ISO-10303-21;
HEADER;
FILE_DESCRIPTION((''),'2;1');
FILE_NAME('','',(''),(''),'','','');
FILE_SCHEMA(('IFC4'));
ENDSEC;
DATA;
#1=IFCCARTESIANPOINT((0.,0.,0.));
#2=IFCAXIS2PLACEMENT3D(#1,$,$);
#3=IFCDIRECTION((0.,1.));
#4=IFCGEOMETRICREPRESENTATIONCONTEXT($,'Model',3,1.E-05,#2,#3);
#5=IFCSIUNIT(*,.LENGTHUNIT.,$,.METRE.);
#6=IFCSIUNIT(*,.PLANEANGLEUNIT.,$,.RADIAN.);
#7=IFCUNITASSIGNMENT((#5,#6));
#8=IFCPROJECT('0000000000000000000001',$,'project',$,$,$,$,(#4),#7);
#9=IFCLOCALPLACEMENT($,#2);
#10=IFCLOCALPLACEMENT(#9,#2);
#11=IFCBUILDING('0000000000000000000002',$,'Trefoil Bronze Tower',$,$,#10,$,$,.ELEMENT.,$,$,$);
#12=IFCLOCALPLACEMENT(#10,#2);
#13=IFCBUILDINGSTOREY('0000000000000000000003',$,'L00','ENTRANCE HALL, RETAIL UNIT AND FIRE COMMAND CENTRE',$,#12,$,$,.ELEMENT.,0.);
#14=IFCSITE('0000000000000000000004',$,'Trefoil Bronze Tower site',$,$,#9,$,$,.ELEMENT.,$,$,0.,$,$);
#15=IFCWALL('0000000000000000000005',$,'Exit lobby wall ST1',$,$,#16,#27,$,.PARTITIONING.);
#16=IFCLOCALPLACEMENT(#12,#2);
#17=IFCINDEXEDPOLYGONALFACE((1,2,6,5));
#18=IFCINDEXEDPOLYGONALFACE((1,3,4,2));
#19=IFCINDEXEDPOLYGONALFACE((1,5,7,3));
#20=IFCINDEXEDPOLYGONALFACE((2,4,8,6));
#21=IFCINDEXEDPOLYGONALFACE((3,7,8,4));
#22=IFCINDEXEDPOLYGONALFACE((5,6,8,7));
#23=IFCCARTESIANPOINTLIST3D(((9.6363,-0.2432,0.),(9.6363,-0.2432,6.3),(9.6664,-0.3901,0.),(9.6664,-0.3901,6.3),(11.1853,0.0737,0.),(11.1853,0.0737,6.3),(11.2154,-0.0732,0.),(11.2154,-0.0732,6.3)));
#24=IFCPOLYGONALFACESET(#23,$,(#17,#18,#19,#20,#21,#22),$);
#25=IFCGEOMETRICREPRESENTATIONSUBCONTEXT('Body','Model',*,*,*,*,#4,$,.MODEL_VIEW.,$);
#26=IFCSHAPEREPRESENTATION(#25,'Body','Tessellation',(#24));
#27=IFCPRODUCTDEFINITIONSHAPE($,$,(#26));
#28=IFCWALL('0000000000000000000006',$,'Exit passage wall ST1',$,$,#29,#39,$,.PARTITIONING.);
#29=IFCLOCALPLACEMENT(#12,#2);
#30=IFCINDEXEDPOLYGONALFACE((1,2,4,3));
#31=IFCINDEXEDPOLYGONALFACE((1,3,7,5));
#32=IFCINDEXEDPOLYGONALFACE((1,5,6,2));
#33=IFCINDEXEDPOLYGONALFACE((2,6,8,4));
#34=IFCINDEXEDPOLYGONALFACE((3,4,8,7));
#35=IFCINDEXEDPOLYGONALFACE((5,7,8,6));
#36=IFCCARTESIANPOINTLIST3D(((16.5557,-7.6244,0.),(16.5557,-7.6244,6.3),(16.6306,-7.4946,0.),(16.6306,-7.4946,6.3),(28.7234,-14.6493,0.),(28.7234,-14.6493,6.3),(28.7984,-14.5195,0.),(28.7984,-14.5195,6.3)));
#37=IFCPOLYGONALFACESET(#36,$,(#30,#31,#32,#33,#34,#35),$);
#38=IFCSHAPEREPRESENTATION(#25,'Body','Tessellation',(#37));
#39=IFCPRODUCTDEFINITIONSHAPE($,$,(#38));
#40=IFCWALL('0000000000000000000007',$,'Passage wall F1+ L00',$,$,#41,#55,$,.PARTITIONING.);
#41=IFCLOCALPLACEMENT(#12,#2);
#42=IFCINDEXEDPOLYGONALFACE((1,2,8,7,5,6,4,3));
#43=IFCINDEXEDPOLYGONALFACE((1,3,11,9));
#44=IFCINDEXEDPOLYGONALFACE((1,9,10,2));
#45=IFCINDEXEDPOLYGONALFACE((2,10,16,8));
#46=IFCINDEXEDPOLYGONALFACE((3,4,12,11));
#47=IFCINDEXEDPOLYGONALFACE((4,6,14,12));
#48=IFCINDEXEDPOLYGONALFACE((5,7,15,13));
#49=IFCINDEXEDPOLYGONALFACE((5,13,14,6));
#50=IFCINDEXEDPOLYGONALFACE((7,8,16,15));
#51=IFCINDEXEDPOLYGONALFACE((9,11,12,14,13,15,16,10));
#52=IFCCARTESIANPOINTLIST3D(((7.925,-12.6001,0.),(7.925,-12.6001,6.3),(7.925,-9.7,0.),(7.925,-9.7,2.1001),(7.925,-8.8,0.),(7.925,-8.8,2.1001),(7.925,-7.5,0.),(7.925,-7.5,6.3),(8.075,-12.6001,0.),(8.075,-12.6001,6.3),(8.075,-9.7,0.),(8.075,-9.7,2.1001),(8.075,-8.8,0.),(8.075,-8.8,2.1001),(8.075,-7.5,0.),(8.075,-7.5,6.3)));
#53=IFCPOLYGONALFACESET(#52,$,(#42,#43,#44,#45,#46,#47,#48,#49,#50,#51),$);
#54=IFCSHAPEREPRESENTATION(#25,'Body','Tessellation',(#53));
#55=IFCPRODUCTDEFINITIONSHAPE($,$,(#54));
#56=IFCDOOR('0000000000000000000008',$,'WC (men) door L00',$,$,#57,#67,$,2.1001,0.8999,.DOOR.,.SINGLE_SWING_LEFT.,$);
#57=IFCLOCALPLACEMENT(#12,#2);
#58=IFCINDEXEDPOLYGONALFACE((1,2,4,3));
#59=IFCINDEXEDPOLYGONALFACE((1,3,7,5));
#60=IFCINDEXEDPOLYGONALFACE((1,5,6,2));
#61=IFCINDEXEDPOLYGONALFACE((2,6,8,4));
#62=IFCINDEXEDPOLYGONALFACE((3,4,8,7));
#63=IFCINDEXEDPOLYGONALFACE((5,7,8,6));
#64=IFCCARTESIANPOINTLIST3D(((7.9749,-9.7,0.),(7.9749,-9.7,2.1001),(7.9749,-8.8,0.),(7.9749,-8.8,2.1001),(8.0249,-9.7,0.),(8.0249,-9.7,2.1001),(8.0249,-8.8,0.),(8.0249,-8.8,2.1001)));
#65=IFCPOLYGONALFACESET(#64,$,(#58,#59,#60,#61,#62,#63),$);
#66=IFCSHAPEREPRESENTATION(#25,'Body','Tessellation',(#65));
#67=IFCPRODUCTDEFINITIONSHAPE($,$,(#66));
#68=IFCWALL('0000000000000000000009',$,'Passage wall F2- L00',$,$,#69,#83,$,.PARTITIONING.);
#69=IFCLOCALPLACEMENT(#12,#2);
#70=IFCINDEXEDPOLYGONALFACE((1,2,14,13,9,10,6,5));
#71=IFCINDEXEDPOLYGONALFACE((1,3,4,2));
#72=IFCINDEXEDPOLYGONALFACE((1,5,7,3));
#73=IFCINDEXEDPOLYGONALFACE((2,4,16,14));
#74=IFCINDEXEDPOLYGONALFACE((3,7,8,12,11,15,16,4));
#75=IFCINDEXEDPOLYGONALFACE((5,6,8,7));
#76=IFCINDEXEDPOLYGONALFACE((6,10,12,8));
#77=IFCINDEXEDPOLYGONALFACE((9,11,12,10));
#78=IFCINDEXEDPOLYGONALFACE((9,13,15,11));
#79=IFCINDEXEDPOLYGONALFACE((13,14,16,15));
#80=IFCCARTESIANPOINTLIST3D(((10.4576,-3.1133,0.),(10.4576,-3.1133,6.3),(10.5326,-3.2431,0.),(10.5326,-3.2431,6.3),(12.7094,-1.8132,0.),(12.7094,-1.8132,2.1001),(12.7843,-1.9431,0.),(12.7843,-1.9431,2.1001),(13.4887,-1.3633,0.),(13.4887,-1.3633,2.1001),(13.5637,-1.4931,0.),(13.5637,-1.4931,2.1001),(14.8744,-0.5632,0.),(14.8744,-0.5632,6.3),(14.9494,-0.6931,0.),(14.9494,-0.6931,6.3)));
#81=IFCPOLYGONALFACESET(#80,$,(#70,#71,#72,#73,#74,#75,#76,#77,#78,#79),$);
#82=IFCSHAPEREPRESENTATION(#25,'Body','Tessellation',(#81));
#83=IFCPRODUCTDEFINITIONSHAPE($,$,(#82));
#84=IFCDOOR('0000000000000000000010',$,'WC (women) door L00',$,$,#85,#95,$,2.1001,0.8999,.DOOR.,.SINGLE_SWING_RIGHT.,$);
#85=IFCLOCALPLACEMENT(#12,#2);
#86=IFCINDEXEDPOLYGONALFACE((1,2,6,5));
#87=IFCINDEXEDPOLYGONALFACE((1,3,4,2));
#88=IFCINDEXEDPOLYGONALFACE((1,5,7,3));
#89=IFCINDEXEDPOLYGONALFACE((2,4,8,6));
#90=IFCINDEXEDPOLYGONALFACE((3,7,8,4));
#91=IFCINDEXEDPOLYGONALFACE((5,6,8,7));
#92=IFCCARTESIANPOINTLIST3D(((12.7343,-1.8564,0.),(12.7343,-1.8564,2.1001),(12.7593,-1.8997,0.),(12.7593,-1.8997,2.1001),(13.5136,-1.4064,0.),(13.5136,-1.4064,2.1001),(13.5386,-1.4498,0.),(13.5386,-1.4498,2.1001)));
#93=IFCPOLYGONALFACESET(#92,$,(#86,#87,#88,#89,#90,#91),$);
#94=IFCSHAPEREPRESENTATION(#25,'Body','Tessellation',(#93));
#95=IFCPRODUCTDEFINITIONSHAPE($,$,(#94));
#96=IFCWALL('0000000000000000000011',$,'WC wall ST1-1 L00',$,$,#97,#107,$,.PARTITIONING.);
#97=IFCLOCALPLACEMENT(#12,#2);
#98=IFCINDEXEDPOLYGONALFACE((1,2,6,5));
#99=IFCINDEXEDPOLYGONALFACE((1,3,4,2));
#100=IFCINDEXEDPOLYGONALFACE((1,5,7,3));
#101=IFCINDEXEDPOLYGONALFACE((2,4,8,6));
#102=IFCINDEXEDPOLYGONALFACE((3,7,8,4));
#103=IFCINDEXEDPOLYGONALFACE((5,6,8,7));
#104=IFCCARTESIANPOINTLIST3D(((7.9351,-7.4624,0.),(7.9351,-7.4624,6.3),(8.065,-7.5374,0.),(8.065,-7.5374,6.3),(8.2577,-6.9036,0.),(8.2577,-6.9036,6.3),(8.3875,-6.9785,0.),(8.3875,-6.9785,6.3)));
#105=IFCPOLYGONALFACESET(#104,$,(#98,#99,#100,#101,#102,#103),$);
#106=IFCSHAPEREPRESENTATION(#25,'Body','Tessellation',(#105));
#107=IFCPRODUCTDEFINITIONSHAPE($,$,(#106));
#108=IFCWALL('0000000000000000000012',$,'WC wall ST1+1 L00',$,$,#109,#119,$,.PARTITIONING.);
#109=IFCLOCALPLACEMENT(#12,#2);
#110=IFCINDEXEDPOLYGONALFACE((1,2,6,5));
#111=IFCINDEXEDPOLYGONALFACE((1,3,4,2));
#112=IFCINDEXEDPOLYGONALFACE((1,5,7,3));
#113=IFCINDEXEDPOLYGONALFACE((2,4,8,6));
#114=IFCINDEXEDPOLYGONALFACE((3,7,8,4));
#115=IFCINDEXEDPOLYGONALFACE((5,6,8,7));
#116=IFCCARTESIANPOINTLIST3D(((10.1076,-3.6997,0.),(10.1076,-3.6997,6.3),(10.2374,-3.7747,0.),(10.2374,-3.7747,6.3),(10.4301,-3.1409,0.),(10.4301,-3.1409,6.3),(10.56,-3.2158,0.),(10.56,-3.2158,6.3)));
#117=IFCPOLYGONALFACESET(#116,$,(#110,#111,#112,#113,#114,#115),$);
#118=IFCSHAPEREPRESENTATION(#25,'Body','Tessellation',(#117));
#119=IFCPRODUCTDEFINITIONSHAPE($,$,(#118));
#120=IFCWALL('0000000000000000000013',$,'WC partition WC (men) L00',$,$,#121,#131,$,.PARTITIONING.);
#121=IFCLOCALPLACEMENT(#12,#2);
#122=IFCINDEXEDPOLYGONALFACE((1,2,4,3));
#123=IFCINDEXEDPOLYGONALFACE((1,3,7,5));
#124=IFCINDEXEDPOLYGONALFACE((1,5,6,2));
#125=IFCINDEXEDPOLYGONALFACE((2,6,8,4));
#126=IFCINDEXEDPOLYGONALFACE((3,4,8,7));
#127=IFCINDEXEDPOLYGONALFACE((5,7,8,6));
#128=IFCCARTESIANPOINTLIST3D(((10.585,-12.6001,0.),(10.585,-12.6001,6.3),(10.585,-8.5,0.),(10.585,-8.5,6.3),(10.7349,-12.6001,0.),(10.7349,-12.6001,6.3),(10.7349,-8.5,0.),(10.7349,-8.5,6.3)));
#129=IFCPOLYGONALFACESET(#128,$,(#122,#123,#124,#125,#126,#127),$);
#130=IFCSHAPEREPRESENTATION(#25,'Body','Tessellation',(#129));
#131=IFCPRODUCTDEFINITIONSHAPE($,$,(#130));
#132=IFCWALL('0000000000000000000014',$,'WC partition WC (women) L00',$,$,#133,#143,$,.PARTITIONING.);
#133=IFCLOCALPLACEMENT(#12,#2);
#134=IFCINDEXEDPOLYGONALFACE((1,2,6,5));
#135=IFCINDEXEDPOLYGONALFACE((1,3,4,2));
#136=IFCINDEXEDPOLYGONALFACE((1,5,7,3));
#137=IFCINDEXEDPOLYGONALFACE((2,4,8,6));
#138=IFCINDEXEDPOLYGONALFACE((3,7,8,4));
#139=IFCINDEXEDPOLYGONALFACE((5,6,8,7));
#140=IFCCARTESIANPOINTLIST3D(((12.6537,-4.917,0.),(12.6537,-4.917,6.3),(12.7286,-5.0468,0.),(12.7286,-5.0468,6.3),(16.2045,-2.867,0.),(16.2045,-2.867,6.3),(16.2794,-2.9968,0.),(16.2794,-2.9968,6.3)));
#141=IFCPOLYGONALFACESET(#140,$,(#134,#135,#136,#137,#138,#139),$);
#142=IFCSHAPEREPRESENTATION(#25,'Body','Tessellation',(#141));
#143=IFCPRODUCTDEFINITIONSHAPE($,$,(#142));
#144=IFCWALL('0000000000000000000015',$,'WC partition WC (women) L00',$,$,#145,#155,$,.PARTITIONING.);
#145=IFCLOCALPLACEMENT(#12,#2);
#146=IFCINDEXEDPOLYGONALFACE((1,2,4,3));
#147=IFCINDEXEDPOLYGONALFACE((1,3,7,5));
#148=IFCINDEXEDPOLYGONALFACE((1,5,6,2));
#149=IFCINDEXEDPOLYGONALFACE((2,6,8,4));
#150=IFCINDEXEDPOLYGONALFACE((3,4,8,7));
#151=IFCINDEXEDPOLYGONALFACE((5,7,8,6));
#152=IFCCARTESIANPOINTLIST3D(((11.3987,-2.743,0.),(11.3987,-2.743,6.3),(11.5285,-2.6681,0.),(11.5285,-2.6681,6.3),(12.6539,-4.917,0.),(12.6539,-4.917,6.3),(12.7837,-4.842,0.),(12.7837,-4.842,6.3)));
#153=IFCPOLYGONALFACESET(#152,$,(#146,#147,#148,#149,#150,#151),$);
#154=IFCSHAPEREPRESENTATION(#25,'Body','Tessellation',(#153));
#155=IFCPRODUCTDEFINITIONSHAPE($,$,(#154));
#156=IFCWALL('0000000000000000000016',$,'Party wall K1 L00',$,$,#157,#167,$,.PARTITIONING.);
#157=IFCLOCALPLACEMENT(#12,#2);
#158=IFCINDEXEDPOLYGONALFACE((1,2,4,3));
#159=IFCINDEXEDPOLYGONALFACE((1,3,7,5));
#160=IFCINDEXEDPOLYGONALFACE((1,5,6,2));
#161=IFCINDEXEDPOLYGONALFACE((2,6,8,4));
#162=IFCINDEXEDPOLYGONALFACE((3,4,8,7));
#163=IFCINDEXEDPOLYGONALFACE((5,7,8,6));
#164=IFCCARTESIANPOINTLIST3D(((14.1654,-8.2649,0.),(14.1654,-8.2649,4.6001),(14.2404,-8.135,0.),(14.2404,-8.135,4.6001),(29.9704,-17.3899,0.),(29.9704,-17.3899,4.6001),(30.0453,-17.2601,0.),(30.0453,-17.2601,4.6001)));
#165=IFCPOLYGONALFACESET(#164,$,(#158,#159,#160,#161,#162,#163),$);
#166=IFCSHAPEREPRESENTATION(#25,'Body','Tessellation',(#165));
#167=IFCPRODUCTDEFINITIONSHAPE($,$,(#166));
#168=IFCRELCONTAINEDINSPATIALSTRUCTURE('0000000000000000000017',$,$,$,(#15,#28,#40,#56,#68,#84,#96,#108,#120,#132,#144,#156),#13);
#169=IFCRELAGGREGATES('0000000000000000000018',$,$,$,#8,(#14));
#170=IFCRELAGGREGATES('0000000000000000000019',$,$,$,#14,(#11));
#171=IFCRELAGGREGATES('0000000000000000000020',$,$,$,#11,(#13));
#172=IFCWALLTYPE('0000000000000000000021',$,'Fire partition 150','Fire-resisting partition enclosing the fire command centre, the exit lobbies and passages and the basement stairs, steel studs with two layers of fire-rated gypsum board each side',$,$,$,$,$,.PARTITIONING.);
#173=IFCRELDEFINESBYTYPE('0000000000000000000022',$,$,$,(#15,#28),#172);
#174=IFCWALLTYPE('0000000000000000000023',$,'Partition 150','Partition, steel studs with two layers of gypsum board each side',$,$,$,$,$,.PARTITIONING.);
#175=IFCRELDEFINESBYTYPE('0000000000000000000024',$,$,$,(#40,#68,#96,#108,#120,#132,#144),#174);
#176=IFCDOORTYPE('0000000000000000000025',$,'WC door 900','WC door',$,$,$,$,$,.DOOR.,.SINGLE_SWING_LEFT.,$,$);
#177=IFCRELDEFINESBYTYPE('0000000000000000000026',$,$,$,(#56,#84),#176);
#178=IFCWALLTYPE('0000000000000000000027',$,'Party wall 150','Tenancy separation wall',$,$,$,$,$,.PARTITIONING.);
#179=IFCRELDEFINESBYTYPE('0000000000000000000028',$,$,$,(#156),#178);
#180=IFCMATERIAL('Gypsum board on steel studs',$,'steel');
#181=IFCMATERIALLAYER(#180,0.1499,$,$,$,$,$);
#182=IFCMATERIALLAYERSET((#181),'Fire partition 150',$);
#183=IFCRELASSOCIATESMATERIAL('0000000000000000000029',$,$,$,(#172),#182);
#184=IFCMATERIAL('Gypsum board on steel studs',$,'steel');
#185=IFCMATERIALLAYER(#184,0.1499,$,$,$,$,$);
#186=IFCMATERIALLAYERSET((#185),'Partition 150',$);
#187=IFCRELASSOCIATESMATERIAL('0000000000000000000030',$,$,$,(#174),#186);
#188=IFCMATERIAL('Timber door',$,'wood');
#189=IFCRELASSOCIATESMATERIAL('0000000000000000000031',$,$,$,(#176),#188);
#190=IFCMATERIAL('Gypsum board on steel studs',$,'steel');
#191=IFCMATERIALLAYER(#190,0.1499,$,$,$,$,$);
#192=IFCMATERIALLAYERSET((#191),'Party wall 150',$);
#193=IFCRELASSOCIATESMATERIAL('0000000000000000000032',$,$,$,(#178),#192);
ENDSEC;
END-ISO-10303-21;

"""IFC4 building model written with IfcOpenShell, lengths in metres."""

from ifc_helpers import new_model, si_unit, direction, frame, frame_2d, origin, place, context, subcontext, project, spatial, rectangle, extrude, material, layer, layer_set, type_object, element, fill, save


model = new_model("IFC4")

# Units and contexts
model_context = context("Model", 3, precision=1e-05, world=origin(), true_north=direction((0.0, 1.0)))
body_context = subcontext(model_context, "Body", "Model", "MODEL_VIEW")
ifc_project = project(units=[si_unit("LENGTHUNIT", "METRE"), si_unit("PLANEANGLEUNIT", "RADIAN")], contexts=[model_context])

# Site, building, storey
site_placement = place(None, origin())
site = spatial("IfcSite", under=ifc_project, at=site_placement, Name="Trefoil Bronze Tower site", CompositionType="ELEMENT", RefElevation=0.0)
building_placement = place(site_placement, origin())
building = spatial("IfcBuilding", under=site, at=building_placement, Name="Trefoil Bronze Tower", CompositionType="ELEMENT")
storey_placement = place(building_placement, origin())
storey = spatial("IfcBuildingStorey", under=building, at=storey_placement, Name="L00", Description="ENTRANCE HALL, RETAIL UNIT AND FIRE COMMAND CENTRE", CompositionType="ELEMENT", Elevation=0.0)

# Walls
ifc_material_1 = material(Name="Gypsum board on steel studs", Category="steel")
ifc_layer_1 = layer(ifc_material_1, 0.1499)
ifc_layer_set_1 = layer_set([ifc_layer_1], Name="Fire partition 150")
wall_type_1 = type_object("IfcWallType", Name="Fire partition 150", Description="Fire-resisting partition enclosing the fire command centre, the exit lobbies and passages and the basement stairs, steel studs with two layers of fire-rated gypsum board each side", PredefinedType="PARTITIONING", material=ifc_layer_set_1)
wall_1_placement = place(storey_placement, frame((9.6514, -0.3167, 0.0), z_axis=(0.0, 0.0, 1.0), x_axis=(0.97971, 0.20042, 0.0)))
element("IfcWall", 1, at=wall_1_placement, inside=storey, type_object=wall_type_1, Name="Exit lobby wall ST1", PredefinedType="PARTITIONING", context=body_context, shape_type="SweptSolid", body=[
    extrude(rectangle(XDim=1.5811, YDim=0.1499, at=frame_2d((0.7905, 0.0))), origin(), (0.0, 0.0, 1.0), 6.3),
])
wall_2_placement = place(storey_placement, frame((16.5933, -7.5596, 0.0), z_axis=(0.0, 0.0, 1.0), x_axis=(0.86603, -0.499993, 0.0)))
element("IfcWall", 2, at=wall_2_placement, inside=storey, type_object=wall_type_1, Name="Exit passage wall ST1", PredefinedType="PARTITIONING", context=body_context, shape_type="SweptSolid", body=[
    extrude(rectangle(XDim=14.05, YDim=0.1499, at=frame_2d((7.0249, 0.0))), origin(), (0.0, 0.0, 1.0), 6.3),
])

# Walls, openings, doors
ifc_material_2 = material(Name="Gypsum board on steel studs", Category="steel")
ifc_layer_2 = layer(ifc_material_2, 0.1499)
ifc_layer_set_2 = layer_set([ifc_layer_2], Name="Partition 150")
wall_type_2 = type_object("IfcWallType", Name="Partition 150", Description="Partition, steel studs with two layers of gypsum board each side", PredefinedType="PARTITIONING", material=ifc_layer_set_2)
wall_3_placement = place(storey_placement, frame((8.0, -7.5, 0.0), z_axis=(0.0, 0.0, 1.0), x_axis=(0.0, -1.0, 0.0)))
wall_3 = element("IfcWall", 3, at=wall_3_placement, inside=storey, type_object=wall_type_2, Name="Passage wall F1+ L00", PredefinedType="PARTITIONING", context=body_context, shape_type="SweptSolid", body=[
    extrude(rectangle(XDim=5.1001, YDim=0.1499, at=frame_2d((2.55, 0.0))), origin(), (0.0, 0.0, 1.0), 6.3),
])
opening_1_placement = place(wall_3_placement, frame((1.3, 0.0, 0.0)))
opening_1 = element("IfcOpeningElement", 4, at=opening_1_placement, cuts=wall_3, PredefinedType="OPENING", context=body_context, shape_type="SweptSolid", body=[
    extrude(rectangle(XDim=0.8999, YDim=2.1001, at=frame_2d((0.45, 1.05))), frame((0.0, 0.085, 0.0), z_axis=(0.0, -1.0, 0.0), x_axis=(1.0, 0.0, 0.0)), (0.0, 0.0, 1.0), 0.1699),
])
ifc_material_3 = material(Name="Timber door", Category="wood")
door_type_1 = type_object("IfcDoorType", Name="WC door 900", Description="WC door", OperationType="SINGLE_SWING_LEFT", PredefinedType="DOOR", material=ifc_material_3)
door_1_placement = place(opening_1_placement, origin())
door_1 = element("IfcDoor", 5, at=door_1_placement, inside=storey, type_object=door_type_1, Name="WC (men) door L00", OperationType="SINGLE_SWING_LEFT", OverallHeight=2.1001, OverallWidth=0.8999, PredefinedType="DOOR", context=body_context, shape_type="SweptSolid", body=[
    extrude(rectangle(XDim=0.8999, YDim=2.1001, at=frame_2d((0.45, 1.05))), frame((0.0, 0.0249, 0.0), z_axis=(0.0, -1.0, 0.0), x_axis=(1.0, 0.0, 0.0)), (0.0, 0.0, 1.0), 0.05),
])
fill(opening_1, door_1)
wall_4_placement = place(storey_placement, frame((10.4951, -3.1782, 0.0), z_axis=(0.0, 0.0, 1.0), x_axis=(0.866022, 0.500006, 0.0)))
wall_4 = element("IfcWall", 6, at=wall_4_placement, inside=storey, type_object=wall_type_2, Name="Passage wall F2- L00", PredefinedType="PARTITIONING", context=body_context, shape_type="SweptSolid", body=[
    extrude(rectangle(XDim=5.1001, YDim=0.1499, at=frame_2d((2.55, 0.0))), origin(), (0.0, 0.0, 1.0), 6.3),
])
opening_2_placement = place(wall_4_placement, frame((2.6001, 0.0, 0.0)))
opening_2 = element("IfcOpeningElement", 7, at=opening_2_placement, cuts=wall_4, PredefinedType="OPENING", context=body_context, shape_type="SweptSolid", body=[
    extrude(rectangle(XDim=0.8999, YDim=2.1001, at=frame_2d((0.45, 1.05))), frame((0.0, 0.085, 0.0), z_axis=(0.0, -1.0, 0.0), x_axis=(1.0, 0.0, 0.0)), (0.0, 0.0, 1.0), 0.1699),
])
door_2_placement = place(opening_2_placement, frame((0.8999, 0.0, 0.0), z_axis=(0.0, 0.0, 1.0), x_axis=(-1.0, 0.0, 0.0)))
door_2 = element("IfcDoor", 8, at=door_2_placement, inside=storey, type_object=door_type_1, Name="WC (women) door L00", OperationType="SINGLE_SWING_RIGHT", OverallHeight=2.1001, OverallWidth=0.8999, PredefinedType="DOOR", context=body_context, shape_type="SweptSolid", body=[
    extrude(rectangle(XDim=0.8999, YDim=2.1001, at=frame_2d((0.45, 1.05))), frame((0.0, 0.0249, 0.0), z_axis=(0.0, -1.0, 0.0), x_axis=(1.0, 0.0, 0.0)), (0.0, 0.0, 1.0), 0.05),
])
fill(opening_2, door_2)

# Walls
for number, where, z_axis, x_axis, name in (
    (9, (8.0, -7.5, 0.0), (0.0, 0.0, 1.0), (0.499843, 0.866116, 0.0), "WC wall ST1-1 L00"),
    (10, (10.4951, -3.1782, 0.0), (0.0, 0.0, 1.0), (-0.499843, -0.866116, 0.0), "WC wall ST1+1 L00"),
):
    element("IfcWall", number, at=place(storey_placement, frame(where, z_axis=z_axis, x_axis=x_axis)), inside=storey, type_object=wall_type_2, Name=name, PredefinedType="PARTITIONING", context=body_context, shape_type="SweptSolid", body=[
        extrude(rectangle(XDim=0.6453, YDim=0.1499, at=frame_2d((0.3228, 0.0))), origin(), (0.0, 0.0, 1.0), 6.3),
    ])
for number, where, z_axis, x_axis, name in (
    (11, (10.6599, -8.5, 0.0), (0.0, 0.0, 1.0), (0.0, -1.0, 0.0), "WC partition WC (men) L00"),
    (12, (12.6912, -4.9819, 0.0), (0.0, 0.0, 1.0), (0.866025, 0.500001, 0.0), "WC partition WC (women) L00"),
):
    element("IfcWall", number, at=place(storey_placement, frame(where, z_axis=z_axis, x_axis=x_axis)), inside=storey, type_object=wall_type_2, Name=name, PredefinedType="PARTITIONING", context=body_context, shape_type="SweptSolid", body=[
        extrude(rectangle(XDim=4.1001, YDim=0.1499, at=frame_2d((2.05, 0.0))), origin(), (0.0, 0.0, 1.0), 6.3),
    ])
wall_5_placement = place(storey_placement, frame((11.4636, -2.7056, 0.0), z_axis=(0.0, 0.0, 1.0), x_axis=(0.50002, -0.866014, 0.0)))
element("IfcWall", 13, at=wall_5_placement, inside=storey, type_object=wall_type_2, Name="WC partition WC (women) L00", PredefinedType="PARTITIONING", context=body_context, shape_type="SweptSolid", body=[
    extrude(rectangle(XDim=2.5103, YDim=0.1499, at=frame_2d((1.2551, 0.0))), origin(), (0.0, 0.0, 1.0), 6.3),
])
ifc_material_4 = material(Name="Gypsum board on steel studs", Category="steel")
ifc_layer_3 = layer(ifc_material_4, 0.1499)
ifc_layer_set_3 = layer_set([ifc_layer_3], Name="Party wall 150")
wall_type_3 = type_object("IfcWallType", Name="Party wall 150", Description="Tenancy separation wall", PredefinedType="PARTITIONING", material=ifc_layer_set_3)
wall_6_placement = place(storey_placement, frame((14.2029, -8.2, 0.0), z_axis=(0.0, 0.0, 1.0), x_axis=(0.866025, -0.500001, 0.0)))
element("IfcWall", 14, at=wall_6_placement, inside=storey, type_object=wall_type_3, Name="Party wall K1 L00", PredefinedType="PARTITIONING", context=body_context, shape_type="SweptSolid", body=[
    extrude(rectangle(XDim=18.25, YDim=0.1499, at=frame_2d((9.125, 0.0))), origin(), (0.0, 0.0, 1.0), 4.6001),
])

save(model, "model.ifc")
